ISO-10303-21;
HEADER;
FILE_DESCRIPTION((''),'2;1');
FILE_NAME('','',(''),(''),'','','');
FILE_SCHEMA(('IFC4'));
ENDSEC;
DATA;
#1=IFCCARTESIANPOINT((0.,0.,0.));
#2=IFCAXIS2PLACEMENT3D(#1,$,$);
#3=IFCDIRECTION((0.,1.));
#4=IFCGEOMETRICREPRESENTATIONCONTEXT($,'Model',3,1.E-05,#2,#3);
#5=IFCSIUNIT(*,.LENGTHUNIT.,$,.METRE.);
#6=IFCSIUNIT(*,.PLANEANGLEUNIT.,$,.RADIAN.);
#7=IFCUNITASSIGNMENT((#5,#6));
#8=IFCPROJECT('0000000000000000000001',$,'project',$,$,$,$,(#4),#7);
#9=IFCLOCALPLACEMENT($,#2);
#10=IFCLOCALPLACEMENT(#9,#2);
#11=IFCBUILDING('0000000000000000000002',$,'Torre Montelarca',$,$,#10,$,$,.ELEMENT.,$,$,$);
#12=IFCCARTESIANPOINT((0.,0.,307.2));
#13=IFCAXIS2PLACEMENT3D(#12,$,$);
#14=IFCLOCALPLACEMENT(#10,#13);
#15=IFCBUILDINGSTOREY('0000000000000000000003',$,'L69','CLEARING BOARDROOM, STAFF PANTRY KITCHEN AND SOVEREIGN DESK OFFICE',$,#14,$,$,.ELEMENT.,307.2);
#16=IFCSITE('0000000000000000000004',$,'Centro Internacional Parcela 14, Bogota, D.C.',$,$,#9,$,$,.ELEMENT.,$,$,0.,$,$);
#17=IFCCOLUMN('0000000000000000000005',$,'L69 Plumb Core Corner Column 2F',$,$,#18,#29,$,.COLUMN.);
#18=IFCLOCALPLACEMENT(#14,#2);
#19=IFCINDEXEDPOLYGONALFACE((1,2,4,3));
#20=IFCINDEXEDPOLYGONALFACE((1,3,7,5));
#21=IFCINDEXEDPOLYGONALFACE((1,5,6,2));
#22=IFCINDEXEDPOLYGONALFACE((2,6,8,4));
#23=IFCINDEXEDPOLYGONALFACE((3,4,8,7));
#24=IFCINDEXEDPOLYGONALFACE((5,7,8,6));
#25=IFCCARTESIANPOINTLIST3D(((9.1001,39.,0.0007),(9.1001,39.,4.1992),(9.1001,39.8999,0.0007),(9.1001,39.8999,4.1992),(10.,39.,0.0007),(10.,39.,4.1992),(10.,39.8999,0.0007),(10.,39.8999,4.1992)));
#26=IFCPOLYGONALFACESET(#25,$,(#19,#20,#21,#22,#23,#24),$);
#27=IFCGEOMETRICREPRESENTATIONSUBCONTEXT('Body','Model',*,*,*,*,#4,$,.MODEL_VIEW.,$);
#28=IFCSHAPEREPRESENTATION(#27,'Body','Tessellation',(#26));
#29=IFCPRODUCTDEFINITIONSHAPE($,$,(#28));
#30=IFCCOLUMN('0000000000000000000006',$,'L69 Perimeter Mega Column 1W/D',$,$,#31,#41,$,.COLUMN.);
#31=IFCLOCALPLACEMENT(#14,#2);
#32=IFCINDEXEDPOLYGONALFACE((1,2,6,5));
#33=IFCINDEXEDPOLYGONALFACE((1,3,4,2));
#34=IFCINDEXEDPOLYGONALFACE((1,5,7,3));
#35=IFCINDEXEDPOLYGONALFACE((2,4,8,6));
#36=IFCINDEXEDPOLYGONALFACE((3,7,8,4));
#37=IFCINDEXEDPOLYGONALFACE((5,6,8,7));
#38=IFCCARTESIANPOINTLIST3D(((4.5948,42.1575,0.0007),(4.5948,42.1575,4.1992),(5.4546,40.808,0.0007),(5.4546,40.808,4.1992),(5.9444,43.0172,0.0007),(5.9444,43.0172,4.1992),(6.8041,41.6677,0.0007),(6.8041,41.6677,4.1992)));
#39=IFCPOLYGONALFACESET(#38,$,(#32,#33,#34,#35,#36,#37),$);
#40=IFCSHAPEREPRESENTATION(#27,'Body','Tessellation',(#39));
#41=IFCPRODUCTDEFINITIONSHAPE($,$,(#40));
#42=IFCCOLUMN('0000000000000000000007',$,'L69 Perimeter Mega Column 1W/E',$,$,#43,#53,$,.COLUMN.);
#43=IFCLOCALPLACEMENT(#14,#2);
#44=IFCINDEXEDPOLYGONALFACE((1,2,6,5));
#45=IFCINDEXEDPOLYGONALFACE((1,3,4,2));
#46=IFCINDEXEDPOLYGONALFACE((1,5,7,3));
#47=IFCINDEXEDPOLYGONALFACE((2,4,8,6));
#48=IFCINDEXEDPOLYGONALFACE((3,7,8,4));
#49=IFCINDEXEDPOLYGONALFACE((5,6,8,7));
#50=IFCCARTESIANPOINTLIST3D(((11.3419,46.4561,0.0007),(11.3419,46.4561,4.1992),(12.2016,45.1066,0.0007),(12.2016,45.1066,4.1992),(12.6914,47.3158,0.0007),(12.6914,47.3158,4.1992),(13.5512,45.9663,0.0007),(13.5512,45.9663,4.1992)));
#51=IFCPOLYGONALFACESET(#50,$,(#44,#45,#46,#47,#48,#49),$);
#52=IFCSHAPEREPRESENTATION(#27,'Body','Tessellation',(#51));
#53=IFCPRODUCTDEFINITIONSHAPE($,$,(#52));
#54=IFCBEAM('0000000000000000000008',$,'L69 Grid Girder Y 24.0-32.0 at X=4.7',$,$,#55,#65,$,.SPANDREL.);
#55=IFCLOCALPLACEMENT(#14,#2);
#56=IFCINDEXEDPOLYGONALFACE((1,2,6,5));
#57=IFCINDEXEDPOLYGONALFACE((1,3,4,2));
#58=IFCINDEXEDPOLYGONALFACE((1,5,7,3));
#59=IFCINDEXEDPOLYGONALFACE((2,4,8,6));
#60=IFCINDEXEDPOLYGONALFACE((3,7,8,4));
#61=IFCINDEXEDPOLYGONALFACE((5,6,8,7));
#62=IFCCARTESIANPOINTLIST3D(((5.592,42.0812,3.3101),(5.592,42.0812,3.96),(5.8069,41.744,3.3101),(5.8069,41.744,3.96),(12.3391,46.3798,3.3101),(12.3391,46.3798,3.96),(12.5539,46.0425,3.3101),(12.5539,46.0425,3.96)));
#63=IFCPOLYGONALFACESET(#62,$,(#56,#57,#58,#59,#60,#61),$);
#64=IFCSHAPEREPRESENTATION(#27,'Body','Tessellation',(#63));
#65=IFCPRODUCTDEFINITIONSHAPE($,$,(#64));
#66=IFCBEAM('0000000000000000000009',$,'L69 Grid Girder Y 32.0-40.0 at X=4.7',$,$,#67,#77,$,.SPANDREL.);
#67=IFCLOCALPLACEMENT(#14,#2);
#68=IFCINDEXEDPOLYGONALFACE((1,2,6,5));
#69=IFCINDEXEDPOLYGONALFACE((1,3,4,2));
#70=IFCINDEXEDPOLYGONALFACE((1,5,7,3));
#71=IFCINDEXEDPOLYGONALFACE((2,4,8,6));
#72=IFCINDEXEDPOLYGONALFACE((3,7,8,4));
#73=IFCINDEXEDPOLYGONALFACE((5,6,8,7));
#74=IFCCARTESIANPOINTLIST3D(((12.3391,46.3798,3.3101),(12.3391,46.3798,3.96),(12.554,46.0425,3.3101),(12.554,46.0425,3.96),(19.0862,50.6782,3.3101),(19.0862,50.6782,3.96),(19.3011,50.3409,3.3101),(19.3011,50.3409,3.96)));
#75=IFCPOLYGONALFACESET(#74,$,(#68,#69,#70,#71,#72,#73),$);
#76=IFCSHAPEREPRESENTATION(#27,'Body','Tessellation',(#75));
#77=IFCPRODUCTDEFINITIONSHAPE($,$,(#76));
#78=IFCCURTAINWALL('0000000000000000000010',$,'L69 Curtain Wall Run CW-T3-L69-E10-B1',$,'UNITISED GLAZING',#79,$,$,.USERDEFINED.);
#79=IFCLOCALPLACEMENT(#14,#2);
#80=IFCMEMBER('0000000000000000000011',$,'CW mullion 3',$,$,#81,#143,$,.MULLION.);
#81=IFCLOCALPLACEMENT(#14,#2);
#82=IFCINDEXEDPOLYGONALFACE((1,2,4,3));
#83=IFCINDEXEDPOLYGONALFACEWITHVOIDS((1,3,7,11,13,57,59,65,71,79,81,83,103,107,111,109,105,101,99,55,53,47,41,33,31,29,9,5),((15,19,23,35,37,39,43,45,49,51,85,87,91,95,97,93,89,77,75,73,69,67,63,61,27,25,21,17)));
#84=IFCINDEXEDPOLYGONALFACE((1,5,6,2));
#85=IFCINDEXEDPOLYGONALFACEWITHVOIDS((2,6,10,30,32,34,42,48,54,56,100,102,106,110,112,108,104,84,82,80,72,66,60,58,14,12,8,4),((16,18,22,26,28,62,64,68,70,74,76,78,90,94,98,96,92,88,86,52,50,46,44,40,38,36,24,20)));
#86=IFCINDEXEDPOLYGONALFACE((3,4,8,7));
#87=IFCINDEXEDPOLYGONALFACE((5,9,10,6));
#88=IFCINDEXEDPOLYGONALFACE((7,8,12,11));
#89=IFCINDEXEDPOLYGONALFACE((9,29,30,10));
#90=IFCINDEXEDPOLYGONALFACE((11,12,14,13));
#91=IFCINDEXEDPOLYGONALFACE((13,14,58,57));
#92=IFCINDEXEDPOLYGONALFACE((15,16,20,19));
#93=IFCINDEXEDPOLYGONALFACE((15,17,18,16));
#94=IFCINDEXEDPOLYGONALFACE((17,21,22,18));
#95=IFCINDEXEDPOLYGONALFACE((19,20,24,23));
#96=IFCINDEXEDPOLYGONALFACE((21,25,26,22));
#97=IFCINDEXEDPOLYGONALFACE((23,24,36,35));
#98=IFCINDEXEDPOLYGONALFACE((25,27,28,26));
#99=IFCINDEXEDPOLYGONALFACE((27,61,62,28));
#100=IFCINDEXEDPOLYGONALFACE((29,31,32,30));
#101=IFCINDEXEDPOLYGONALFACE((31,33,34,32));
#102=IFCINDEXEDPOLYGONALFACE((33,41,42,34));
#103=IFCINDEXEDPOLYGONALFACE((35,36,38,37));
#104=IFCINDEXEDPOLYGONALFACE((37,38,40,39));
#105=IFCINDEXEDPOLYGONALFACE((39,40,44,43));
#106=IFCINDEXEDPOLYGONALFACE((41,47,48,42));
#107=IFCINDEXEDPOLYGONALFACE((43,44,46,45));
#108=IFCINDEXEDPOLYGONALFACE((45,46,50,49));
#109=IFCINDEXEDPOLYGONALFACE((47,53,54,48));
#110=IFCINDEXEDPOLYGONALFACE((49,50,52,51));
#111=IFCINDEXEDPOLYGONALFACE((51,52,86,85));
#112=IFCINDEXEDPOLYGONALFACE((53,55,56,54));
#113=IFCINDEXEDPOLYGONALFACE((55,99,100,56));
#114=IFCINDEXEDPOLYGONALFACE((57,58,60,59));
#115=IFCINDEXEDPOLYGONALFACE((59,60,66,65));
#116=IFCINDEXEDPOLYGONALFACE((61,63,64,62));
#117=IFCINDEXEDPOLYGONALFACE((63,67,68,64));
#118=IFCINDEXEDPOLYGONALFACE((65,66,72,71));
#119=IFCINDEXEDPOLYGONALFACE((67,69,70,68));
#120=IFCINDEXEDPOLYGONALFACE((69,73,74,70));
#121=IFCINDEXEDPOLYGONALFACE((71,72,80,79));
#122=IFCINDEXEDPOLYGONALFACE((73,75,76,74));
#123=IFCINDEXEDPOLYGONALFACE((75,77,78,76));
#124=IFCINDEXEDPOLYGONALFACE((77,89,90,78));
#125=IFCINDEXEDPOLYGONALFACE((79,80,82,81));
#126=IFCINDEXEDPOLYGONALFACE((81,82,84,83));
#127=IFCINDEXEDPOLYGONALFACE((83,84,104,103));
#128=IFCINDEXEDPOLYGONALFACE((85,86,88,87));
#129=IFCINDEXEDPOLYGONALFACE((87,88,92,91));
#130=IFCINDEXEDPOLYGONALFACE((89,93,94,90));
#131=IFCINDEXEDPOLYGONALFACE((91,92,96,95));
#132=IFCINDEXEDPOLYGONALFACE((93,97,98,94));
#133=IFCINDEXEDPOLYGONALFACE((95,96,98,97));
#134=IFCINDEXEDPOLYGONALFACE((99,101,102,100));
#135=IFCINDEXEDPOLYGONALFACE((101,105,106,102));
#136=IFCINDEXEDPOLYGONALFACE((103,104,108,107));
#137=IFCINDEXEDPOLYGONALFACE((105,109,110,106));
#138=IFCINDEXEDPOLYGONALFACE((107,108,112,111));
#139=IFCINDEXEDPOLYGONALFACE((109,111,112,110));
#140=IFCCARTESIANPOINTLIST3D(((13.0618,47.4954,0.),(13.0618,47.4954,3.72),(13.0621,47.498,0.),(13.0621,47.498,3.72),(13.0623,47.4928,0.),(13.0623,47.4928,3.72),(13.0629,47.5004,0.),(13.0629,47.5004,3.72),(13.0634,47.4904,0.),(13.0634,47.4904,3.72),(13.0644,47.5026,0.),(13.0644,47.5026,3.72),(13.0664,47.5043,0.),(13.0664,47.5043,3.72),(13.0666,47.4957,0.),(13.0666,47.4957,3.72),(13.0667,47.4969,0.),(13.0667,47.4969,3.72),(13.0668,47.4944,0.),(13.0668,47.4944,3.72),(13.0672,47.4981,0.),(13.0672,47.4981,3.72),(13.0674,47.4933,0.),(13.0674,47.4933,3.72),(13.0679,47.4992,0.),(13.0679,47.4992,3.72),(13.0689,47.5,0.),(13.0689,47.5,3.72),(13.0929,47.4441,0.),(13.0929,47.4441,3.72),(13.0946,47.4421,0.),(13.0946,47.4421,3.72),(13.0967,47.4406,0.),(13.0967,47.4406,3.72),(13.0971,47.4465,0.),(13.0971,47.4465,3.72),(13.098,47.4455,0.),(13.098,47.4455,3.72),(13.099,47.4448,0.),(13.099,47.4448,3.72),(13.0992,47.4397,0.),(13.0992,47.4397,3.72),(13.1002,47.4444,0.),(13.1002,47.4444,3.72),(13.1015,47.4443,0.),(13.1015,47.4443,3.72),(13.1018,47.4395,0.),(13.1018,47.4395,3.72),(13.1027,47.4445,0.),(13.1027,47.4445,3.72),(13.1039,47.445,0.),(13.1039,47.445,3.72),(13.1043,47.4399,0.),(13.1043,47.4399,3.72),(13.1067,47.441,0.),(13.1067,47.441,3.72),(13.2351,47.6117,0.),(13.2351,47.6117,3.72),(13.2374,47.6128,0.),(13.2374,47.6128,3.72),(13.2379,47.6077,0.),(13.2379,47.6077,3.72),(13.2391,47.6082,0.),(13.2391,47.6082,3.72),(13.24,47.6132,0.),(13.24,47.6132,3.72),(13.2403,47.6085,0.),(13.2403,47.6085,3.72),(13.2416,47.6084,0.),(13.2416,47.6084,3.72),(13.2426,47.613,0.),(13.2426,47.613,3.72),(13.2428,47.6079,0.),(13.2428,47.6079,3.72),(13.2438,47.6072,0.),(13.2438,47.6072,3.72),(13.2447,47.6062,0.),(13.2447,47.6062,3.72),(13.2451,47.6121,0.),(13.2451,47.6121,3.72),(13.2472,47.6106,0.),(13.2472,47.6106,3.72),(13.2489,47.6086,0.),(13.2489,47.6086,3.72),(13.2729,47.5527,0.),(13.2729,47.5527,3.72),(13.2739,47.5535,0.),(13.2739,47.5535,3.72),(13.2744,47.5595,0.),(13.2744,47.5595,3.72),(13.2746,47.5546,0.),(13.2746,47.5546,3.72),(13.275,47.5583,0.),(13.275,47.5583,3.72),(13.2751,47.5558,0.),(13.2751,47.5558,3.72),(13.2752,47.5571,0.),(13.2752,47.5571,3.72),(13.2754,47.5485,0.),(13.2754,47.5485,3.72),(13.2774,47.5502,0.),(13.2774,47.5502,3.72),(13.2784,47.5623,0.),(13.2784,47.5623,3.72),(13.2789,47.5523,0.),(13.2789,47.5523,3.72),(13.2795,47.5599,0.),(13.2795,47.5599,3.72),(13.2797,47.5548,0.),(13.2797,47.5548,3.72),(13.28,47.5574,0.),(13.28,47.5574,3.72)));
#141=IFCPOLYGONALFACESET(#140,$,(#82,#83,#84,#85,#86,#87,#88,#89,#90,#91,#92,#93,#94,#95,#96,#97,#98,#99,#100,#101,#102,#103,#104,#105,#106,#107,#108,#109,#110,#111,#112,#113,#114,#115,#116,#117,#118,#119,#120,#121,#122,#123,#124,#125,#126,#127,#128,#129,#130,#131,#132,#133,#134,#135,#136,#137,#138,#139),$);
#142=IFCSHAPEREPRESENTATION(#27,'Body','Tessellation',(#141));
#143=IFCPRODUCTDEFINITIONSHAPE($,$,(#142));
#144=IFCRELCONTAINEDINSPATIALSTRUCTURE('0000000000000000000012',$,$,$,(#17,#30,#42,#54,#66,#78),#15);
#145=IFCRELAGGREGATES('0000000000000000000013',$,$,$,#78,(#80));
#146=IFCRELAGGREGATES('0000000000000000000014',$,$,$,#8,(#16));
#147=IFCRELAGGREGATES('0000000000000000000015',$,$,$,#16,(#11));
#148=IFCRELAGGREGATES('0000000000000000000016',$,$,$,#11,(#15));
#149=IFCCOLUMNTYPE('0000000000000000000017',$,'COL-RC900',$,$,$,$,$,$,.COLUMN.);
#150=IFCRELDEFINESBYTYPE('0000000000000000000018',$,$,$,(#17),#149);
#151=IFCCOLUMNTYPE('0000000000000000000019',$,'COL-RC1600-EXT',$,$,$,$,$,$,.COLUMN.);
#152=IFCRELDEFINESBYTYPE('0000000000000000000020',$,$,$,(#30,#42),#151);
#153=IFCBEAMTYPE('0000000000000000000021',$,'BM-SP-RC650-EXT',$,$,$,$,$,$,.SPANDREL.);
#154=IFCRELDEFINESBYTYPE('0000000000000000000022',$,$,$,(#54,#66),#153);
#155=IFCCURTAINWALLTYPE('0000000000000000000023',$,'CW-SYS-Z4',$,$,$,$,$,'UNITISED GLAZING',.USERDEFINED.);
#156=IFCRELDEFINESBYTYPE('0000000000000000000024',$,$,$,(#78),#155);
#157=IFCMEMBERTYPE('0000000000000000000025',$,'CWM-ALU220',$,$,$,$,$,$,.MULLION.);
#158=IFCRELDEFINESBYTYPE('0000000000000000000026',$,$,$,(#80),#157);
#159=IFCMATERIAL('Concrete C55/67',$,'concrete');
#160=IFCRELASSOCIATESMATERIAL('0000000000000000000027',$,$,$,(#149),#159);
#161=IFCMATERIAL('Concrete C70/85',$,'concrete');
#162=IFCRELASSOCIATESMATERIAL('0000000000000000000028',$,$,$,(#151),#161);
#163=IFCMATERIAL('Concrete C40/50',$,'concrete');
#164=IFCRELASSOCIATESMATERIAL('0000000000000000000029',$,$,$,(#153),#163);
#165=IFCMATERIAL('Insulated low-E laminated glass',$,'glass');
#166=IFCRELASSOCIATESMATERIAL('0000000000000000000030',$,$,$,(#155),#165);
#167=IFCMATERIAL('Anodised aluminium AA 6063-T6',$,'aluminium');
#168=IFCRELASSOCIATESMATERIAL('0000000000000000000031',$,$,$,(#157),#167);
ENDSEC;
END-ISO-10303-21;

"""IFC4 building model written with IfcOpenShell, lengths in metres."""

from ifc_helpers import new_model, si_unit, direction, frame, origin, origin_2d, place, context, subcontext, project, spatial, rectangle, hollow_rectangle, extrude, source, transform, mapped, material, material_profile, profile_set, type_object, element, aggregate, save


model = new_model("IFC4")

# Units and contexts
model_context = context("Model", 3, precision=1e-05, world=origin(), true_north=direction((0.0, 1.0)))
body_context = subcontext(model_context, "Body", "Model", "MODEL_VIEW")
ifc_project = project(units=[si_unit("LENGTHUNIT", "METRE"), si_unit("PLANEANGLEUNIT", "RADIAN")], contexts=[model_context])

# Site, building, storey
site_placement = place(None, origin())
site = spatial("IfcSite", under=ifc_project, at=site_placement, Name="Centro Internacional Parcela 14, Bogota, D.C.", CompositionType="ELEMENT", RefElevation=0.0)
building_placement = place(site_placement, origin())
building = spatial("IfcBuilding", under=site, at=building_placement, Name="Torre Montelarca", CompositionType="ELEMENT")
storey_placement = place(building_placement, frame((0.0, 0.0, 307.2)))
storey = spatial("IfcBuildingStorey", under=building, at=storey_placement, Name="L69", Description="CLEARING BOARDROOM, STAFF PANTRY KITCHEN AND SOVEREIGN DESK OFFICE", CompositionType="ELEMENT", Elevation=307.2)

# Columns
ifc_material_1 = material(Name="Concrete C55/67", Category="concrete")
ifc_material_profile_1 = material_profile(ifc_material_1, rectangle(XDim=0.8999, YDim=0.8999, at=origin_2d()), Name="RC900X900", Category="concrete")
ifc_profile_set_1 = profile_set([ifc_material_profile_1], Name="Concrete C55/67")
column_type_1 = type_object("IfcColumnType", Name="COL-RC900", PredefinedType="COLUMN", material=ifc_profile_set_1)
shared_shape_1 = source(origin(), body_context, "Body", "SweptSolid", [
    extrude(rectangle(XDim=0.8999, YDim=0.8999, at=origin_2d()), origin(), (0.0, 0.0, 1.0), 4.1985),
])
column_placement = place(storey_placement, frame((9.55, 39.45, 0.0007), z_axis=(0.0, 0.0, 1.0), x_axis=(1.0, 0.0, 0.0)))
element("IfcColumn", 1, at=column_placement, inside=storey, type_object=column_type_1, Name="L69 Plumb Core Corner Column 2F", PredefinedType="COLUMN", context=body_context, shape_type="MappedRepresentation", body=[
    mapped(shared_shape_1, transform((0.0, 0.0, 0.0), scale=1.0)),
])
ifc_material_2 = material(Name="Concrete C70/85", Category="concrete")
ifc_material_profile_2 = material_profile(ifc_material_2, rectangle(XDim=1.6001, YDim=1.6001, at=origin_2d()), Name="RC1600X1600", Category="concrete")
ifc_profile_set_2 = profile_set([ifc_material_profile_2], Name="Concrete C70/85")
column_type_2 = type_object("IfcColumnType", Name="COL-RC1600-EXT", PredefinedType="COLUMN", material=ifc_profile_set_2)
shared_shape_2 = source(origin(), body_context, "Body", "SweptSolid", [
    extrude(rectangle(XDim=1.6001, YDim=1.6001, at=origin_2d()), origin(), (0.0, 0.0, 1.0), 4.1985),
])
for number, where, z_axis, x_axis, name in (
    (2, (5.6995, 41.9126, 0.0007), (0.0, 0.0, 1.0), (-0.5373, 0.843391, 0.0), "L69 Perimeter Mega Column 1W/D"),
    (3, (12.4465, 46.2112, 0.0007), (0.0, 0.0, 1.0), (-0.5373, 0.843391, 0.0), "L69 Perimeter Mega Column 1W/E"),
):
    element("IfcColumn", number, at=place(storey_placement, frame(where, z_axis=z_axis, x_axis=x_axis)), inside=storey, type_object=column_type_2, Name=name, PredefinedType="COLUMN", context=body_context, shape_type="MappedRepresentation", body=[
        mapped(shared_shape_2, transform((0.0, 0.0, 0.0), scale=1.0)),
    ])

# Beams
ifc_material_3 = material(Name="Concrete C40/50", Category="concrete")
ifc_material_profile_3 = material_profile(ifc_material_3, rectangle(XDim=0.3999, YDim=0.6499, at=origin_2d()), Name="RCB400X650", Category="concrete")
ifc_profile_set_3 = profile_set([ifc_material_profile_3], Name="Concrete C40/50")
beam_type = type_object("IfcBeamType", Name="BM-SP-RC650-EXT", PredefinedType="SPANDREL", material=ifc_profile_set_3)
shared_shape_3 = source(origin(), body_context, "Body", "SweptSolid", [
    extrude(rectangle(XDim=0.3999, YDim=0.6499, at=origin_2d()), origin(), (0.0, 0.0, 1.0), 8.0),
])
for number, where, z_axis, x_axis, name in (
    (4, (5.6995, 41.9126, 3.635), (0.843379, 0.53732, 0.0), (-0.53732, 0.843379, 0.0), "L69 Grid Girder Y 24.0-32.0 at X=4.7"),
    (5, (12.4465, 46.2112, 3.635), (0.843392, 0.537298, 0.0), (-0.537298, 0.843392, 0.0), "L69 Grid Girder Y 32.0-40.0 at X=4.7"),
):
    element("IfcBeam", number, at=place(storey_placement, frame(where, z_axis=z_axis, x_axis=x_axis)), inside=storey, type_object=beam_type, Name=name, PredefinedType="SPANDREL", context=body_context, shape_type="MappedRepresentation", body=[
        mapped(shared_shape_3, transform((0.0, 0.0, 0.0), scale=1.0)),
    ])

# Curtain wall, member
ifc_material_4 = material(Name="Insulated low-E laminated glass", Category="glass")
curtain_wall_type = type_object("IfcCurtainWallType", Name="CW-SYS-Z4", ElementType="UNITISED GLAZING", PredefinedType="USERDEFINED", material=ifc_material_4)
curtain_wall_1_placement = place(storey_placement, origin())
curtain_wall_1 = element("IfcCurtainWall", 6, at=curtain_wall_1_placement, inside=storey, type_object=curtain_wall_type, Name="L69 Curtain Wall Run CW-T3-L69-E10-B1", ObjectType="UNITISED GLAZING", PredefinedType="USERDEFINED")
ifc_material_5 = material(Name="Anodised aluminium AA 6063-T6", Category="aluminium")
ifc_material_profile_4 = material_profile(ifc_material_5, hollow_rectangle(XDim=0.075, YDim=0.22, WallThickness=0.0049, InnerFilletRadius=0.0049, OuterFilletRadius=0.01, at=origin_2d()), Name="ALU75X220X5", Category="aluminium")
ifc_profile_set_4 = profile_set([ifc_material_profile_4], Name="Anodised aluminium AA 6063-T6")
member_type_1 = type_object("IfcMemberType", Name="CWM-ALU220", PredefinedType="MULLION", material=ifc_profile_set_4)
shared_shape_4 = source(origin(), body_context, "Body", "SweptSolid", [
    extrude(hollow_rectangle(XDim=0.075, YDim=0.22, WallThickness=0.0049, InnerFilletRadius=0.0049, OuterFilletRadius=0.01, at=origin_2d()), origin(), (0.0, 0.0, 1.0), 3.72),
])
member_1_placement = place(storey_placement, frame((13.1709, 47.5264, 0.0), z_axis=(0.0, 0.0, 1.0), x_axis=(0.537302, -0.84339, 0.0)))
member_1 = element("IfcMember", 7, at=member_1_placement, type_object=member_type_1, Name="CW mullion 3", PredefinedType="MULLION", context=body_context, shape_type="MappedRepresentation", body=[
    mapped(shared_shape_4, transform((0.0, 0.0, 0.0), scale=1.0)),
])

aggregate(curtain_wall_1, [member_1])

save(model, "model.ifc")
